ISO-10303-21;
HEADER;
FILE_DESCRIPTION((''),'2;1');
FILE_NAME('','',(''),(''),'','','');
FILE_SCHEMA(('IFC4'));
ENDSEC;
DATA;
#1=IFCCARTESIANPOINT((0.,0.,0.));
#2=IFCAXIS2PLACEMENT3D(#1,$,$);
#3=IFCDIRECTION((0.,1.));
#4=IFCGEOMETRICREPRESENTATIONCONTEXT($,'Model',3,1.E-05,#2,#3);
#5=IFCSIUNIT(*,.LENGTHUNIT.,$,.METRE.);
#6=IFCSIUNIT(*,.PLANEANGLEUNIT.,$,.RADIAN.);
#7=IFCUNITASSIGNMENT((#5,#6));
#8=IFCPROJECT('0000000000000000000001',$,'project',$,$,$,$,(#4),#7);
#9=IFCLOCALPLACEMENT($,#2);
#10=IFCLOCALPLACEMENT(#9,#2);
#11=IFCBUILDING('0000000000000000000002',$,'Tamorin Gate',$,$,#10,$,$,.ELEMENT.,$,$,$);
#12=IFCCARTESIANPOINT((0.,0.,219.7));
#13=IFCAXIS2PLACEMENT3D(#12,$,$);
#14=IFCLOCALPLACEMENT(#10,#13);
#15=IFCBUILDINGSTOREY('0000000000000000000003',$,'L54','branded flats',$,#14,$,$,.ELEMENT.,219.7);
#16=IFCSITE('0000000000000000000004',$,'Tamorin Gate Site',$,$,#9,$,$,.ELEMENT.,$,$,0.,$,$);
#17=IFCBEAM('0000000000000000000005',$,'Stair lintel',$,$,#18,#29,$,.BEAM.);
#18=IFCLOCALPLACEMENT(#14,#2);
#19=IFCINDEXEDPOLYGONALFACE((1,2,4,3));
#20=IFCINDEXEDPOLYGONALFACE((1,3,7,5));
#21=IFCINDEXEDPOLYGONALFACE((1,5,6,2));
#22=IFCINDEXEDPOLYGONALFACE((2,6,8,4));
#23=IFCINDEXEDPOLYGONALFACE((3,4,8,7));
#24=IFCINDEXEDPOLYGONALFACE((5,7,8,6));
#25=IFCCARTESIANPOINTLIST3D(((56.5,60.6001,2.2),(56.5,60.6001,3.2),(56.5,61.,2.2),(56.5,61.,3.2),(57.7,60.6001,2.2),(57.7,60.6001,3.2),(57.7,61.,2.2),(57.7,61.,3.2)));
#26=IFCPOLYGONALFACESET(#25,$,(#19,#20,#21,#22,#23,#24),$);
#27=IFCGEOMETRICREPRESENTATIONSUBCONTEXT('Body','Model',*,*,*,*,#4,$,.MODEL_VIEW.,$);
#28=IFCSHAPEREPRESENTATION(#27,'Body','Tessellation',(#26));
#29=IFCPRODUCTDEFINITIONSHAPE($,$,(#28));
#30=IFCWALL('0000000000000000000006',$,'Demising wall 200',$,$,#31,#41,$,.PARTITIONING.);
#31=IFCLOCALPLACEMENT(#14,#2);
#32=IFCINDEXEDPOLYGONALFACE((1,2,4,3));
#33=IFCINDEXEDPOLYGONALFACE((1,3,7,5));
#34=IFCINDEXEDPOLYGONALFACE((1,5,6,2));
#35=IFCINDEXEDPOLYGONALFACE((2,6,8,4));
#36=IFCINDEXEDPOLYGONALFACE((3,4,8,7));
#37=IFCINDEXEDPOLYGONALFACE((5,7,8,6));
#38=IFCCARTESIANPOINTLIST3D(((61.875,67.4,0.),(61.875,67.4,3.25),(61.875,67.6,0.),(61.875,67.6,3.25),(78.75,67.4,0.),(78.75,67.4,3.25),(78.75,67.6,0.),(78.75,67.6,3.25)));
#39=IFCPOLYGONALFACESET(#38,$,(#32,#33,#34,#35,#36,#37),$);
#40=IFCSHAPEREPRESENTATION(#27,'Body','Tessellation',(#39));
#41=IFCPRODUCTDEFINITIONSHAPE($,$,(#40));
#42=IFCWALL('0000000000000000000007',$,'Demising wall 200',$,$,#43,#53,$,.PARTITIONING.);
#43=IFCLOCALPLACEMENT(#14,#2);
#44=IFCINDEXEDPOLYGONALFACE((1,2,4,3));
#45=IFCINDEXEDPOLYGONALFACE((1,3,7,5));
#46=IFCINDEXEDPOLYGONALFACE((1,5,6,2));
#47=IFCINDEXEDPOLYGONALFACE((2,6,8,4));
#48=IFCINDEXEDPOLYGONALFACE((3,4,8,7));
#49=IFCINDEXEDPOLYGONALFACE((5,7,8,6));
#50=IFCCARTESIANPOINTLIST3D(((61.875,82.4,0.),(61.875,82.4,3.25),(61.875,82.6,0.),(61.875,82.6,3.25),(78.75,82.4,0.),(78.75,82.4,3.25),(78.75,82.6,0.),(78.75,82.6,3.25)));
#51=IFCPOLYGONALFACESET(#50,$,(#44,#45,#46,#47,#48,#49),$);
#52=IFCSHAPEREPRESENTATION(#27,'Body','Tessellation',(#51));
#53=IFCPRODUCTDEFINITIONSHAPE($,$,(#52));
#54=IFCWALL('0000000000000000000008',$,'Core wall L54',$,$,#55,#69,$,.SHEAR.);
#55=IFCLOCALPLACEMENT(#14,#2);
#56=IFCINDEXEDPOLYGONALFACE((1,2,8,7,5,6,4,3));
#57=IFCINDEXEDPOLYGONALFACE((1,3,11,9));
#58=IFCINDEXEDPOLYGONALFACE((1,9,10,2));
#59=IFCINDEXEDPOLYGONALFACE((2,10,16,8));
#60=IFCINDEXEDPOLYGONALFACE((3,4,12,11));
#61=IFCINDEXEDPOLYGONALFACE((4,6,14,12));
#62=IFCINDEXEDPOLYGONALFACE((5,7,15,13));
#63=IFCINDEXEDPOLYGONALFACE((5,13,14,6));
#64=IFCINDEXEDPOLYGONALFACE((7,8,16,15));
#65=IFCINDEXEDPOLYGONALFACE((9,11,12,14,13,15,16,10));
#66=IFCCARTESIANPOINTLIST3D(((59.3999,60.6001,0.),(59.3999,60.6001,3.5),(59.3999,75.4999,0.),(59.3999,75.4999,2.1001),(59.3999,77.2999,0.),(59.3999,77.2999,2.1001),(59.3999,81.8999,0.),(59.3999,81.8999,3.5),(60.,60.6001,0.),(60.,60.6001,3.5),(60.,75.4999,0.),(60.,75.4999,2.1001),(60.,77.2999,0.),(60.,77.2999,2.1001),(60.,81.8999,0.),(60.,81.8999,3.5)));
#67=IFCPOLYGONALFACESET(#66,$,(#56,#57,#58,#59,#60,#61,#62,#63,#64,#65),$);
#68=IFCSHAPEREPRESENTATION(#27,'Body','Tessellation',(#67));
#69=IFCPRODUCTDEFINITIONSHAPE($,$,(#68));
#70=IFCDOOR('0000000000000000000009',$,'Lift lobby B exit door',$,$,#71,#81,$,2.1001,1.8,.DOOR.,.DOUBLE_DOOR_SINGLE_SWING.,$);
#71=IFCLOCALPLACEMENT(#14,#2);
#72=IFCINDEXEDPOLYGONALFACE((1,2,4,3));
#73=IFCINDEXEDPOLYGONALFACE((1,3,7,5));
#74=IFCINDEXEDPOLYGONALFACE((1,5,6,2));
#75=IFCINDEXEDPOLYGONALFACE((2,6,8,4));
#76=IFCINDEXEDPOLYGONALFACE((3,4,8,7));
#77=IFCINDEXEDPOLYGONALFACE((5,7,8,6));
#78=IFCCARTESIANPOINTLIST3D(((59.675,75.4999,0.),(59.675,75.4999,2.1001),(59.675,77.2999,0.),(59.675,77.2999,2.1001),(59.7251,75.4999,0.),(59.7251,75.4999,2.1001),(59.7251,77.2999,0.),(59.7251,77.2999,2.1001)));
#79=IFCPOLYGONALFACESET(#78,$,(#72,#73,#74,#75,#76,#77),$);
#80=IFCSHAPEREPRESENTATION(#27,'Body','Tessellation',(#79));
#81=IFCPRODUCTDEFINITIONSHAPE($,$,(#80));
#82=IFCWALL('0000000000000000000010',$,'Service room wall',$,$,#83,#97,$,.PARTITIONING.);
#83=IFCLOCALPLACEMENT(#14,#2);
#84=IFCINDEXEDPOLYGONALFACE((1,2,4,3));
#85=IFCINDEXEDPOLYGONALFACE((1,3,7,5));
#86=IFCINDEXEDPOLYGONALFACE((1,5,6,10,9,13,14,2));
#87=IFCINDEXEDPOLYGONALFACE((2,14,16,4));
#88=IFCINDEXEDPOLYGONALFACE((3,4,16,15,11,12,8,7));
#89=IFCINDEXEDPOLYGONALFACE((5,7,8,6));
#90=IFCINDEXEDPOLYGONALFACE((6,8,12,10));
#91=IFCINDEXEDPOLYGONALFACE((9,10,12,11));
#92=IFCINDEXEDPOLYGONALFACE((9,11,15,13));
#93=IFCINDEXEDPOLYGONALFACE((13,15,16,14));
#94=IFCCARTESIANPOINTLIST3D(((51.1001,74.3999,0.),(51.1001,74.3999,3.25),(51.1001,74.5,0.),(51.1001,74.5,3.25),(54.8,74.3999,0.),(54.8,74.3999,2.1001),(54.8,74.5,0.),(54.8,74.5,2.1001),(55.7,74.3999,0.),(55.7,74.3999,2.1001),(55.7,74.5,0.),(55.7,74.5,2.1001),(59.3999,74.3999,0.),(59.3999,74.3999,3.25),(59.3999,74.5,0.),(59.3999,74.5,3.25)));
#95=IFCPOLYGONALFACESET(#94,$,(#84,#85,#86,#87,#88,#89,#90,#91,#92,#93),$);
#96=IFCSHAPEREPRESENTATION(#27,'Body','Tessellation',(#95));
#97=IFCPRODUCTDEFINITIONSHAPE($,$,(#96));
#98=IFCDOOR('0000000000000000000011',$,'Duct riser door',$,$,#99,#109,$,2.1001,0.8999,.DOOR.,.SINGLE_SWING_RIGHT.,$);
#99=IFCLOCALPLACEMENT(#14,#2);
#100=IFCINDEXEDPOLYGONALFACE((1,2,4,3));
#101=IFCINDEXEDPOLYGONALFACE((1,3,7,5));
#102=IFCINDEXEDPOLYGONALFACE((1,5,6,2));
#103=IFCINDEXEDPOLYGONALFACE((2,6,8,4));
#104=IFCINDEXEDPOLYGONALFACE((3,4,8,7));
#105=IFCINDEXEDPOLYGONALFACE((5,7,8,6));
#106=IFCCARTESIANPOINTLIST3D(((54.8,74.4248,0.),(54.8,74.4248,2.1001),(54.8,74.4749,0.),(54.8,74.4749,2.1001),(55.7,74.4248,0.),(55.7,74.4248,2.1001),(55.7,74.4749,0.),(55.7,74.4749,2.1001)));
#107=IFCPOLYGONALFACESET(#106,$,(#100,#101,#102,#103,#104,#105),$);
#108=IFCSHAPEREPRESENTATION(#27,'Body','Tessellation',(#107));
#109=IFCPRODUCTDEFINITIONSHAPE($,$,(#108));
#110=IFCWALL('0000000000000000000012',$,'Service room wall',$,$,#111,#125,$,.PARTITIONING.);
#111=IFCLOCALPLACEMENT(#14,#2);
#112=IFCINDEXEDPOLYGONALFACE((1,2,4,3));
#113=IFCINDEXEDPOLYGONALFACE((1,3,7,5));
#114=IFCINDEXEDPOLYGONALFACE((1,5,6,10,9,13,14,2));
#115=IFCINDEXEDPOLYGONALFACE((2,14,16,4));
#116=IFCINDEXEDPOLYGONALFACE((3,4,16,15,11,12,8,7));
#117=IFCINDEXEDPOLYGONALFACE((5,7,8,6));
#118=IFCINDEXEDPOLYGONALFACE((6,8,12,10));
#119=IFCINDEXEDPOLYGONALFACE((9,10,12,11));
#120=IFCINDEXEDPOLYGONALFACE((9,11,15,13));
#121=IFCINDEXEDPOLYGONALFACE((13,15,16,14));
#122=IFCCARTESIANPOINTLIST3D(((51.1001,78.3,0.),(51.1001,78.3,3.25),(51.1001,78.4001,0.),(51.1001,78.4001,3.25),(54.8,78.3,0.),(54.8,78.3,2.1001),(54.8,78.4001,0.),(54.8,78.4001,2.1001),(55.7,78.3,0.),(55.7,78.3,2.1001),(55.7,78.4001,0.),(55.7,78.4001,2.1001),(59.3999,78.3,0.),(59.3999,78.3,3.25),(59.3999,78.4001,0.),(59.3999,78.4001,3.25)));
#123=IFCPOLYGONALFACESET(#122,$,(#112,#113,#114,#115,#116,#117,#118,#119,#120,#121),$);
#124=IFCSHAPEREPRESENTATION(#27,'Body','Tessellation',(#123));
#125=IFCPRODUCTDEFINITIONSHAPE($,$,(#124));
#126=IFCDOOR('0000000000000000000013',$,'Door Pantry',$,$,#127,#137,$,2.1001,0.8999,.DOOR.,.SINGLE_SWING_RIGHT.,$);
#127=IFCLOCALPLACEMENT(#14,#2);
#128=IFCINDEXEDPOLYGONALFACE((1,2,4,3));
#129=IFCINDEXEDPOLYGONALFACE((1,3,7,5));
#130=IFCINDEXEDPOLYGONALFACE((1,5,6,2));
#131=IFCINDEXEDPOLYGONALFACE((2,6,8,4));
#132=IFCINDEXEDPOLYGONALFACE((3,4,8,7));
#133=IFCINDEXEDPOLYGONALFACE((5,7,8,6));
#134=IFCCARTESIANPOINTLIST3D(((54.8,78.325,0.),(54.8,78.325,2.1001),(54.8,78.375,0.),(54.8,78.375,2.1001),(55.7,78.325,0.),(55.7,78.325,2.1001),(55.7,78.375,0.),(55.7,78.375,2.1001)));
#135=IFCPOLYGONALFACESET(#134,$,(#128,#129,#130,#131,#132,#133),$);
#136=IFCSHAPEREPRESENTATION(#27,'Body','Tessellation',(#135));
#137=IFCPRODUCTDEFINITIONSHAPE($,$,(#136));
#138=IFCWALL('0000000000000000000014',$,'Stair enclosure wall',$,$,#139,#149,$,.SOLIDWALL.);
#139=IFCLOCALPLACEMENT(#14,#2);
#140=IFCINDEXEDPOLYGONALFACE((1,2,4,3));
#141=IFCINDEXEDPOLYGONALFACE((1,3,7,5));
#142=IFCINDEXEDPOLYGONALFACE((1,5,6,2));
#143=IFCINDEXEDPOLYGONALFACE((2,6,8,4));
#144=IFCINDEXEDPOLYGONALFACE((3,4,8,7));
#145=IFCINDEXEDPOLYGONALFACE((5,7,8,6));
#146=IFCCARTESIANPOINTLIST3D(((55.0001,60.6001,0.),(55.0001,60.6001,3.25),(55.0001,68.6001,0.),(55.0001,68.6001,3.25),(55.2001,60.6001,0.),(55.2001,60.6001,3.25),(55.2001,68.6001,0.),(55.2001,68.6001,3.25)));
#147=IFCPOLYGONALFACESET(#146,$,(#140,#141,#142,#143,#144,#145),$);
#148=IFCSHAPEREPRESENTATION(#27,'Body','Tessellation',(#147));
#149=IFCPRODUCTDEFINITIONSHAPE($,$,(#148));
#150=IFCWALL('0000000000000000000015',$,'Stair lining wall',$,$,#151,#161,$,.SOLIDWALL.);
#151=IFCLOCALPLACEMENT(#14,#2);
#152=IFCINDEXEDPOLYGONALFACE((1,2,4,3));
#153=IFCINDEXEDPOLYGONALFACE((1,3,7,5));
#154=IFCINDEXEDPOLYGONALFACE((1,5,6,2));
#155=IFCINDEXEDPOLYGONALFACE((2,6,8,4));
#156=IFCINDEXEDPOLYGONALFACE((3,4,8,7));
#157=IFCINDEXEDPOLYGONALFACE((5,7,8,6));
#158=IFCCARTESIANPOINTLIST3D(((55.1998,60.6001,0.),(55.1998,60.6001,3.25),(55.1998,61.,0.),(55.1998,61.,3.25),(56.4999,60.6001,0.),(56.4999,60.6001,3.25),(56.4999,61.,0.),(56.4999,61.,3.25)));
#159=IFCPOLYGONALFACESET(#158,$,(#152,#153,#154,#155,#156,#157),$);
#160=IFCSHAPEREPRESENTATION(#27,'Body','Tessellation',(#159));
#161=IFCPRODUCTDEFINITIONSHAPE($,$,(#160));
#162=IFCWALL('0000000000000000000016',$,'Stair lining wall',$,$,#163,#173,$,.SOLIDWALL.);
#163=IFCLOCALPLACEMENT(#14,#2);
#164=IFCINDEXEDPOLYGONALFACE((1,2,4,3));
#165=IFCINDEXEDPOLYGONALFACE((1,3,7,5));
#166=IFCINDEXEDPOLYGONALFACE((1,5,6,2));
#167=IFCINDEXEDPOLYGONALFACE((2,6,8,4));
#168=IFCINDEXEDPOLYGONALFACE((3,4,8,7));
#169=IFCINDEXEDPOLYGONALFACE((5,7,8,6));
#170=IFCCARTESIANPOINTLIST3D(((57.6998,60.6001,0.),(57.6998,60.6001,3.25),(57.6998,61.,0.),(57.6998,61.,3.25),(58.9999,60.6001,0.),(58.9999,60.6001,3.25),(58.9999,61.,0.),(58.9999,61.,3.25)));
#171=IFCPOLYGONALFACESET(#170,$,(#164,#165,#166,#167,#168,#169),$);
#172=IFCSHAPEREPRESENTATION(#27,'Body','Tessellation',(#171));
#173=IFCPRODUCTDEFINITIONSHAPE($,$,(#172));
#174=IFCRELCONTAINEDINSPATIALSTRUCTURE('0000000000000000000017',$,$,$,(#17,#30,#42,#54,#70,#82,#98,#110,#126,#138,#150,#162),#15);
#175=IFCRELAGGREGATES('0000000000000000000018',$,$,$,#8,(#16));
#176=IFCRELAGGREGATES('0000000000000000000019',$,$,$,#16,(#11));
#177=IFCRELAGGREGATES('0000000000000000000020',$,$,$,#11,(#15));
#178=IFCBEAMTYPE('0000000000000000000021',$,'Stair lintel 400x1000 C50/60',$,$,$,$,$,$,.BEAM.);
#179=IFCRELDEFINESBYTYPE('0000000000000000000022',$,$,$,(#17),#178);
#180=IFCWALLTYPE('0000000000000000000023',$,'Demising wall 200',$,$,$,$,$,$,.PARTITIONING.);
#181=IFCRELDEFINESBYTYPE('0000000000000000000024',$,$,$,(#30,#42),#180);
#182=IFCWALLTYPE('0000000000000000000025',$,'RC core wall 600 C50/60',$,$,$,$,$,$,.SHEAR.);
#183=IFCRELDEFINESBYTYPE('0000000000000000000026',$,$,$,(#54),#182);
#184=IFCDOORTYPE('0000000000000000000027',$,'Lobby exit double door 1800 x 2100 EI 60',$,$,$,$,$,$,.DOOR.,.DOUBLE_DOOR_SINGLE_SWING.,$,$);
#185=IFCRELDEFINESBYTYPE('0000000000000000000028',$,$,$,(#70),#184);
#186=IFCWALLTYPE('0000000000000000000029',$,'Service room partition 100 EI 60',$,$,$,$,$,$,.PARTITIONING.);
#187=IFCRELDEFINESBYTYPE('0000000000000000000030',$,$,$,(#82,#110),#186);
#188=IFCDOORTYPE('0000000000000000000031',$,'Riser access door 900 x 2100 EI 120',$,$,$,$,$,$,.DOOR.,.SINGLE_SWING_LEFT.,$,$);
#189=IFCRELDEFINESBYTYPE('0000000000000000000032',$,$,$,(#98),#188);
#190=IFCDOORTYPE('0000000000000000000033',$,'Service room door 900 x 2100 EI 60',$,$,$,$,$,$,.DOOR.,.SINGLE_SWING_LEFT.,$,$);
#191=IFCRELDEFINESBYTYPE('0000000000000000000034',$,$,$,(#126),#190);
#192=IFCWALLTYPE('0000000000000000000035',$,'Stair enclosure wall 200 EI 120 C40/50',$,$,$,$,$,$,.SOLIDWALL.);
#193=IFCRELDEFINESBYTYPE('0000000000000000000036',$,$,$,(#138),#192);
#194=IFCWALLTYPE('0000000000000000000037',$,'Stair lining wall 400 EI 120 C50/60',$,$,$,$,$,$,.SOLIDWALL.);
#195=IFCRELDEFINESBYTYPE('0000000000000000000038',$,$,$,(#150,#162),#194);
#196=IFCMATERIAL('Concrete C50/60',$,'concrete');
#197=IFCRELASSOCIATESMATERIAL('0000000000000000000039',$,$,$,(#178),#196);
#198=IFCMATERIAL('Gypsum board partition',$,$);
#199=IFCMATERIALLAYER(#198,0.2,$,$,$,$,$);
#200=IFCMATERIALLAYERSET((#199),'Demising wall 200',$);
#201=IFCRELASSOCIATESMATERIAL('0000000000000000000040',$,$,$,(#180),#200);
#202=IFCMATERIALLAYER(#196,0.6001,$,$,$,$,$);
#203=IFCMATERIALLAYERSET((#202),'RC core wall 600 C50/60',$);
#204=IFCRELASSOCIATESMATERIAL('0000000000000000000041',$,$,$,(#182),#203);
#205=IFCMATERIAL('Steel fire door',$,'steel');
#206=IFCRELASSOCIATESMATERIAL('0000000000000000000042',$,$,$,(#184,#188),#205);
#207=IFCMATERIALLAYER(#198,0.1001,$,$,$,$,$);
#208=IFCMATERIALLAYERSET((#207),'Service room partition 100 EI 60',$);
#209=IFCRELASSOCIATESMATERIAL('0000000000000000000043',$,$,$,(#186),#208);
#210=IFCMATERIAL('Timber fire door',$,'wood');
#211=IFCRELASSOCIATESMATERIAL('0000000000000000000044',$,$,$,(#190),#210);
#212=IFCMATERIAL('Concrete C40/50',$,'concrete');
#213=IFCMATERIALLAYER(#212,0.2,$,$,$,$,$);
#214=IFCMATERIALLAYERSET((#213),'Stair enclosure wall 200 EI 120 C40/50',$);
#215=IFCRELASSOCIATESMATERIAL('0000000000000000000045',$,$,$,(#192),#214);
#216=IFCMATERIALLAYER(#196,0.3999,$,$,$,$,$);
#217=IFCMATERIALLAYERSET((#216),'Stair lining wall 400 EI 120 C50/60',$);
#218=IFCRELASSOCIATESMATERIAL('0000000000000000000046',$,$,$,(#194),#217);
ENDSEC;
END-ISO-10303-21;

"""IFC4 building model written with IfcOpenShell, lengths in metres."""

from ifc_helpers import new_model, si_unit, direction, frame, frame_2d, origin, origin_2d, place, context, subcontext, project, spatial, rectangle, extrude, material, layer, layer_set, material_profile, profile_set, type_object, element, fill, save


model = new_model("IFC4")

# Units and contexts
model_context = context("Model", 3, precision=1e-05, world=origin(), true_north=direction((0.0, 1.0)))
body_context = subcontext(model_context, "Body", "Model", "MODEL_VIEW")
ifc_project = project(units=[si_unit("LENGTHUNIT", "METRE"), si_unit("PLANEANGLEUNIT", "RADIAN")], contexts=[model_context])

# Site, building, storey
site_placement = place(None, origin())
site = spatial("IfcSite", under=ifc_project, at=site_placement, Name="Tamorin Gate Site", CompositionType="ELEMENT", RefElevation=0.0)
building_placement = place(site_placement, origin())
building = spatial("IfcBuilding", under=site, at=building_placement, Name="Tamorin Gate", CompositionType="ELEMENT")
storey_placement = place(building_placement, frame((0.0, 0.0, 219.7)))
storey = spatial("IfcBuildingStorey", under=building, at=storey_placement, Name="L54", Description="branded flats", CompositionType="ELEMENT", Elevation=219.7)

# Beam
ifc_material_1 = material(Name="Concrete C50/60", Category="concrete")
ifc_material_profile = material_profile(ifc_material_1, rectangle(XDim=0.3999, YDim=1.0, at=origin_2d()))
ifc_profile_set = profile_set([ifc_material_profile], Name="Concrete C50/60")
beam_type = type_object("IfcBeamType", Name="Stair lintel 400x1000 C50/60", PredefinedType="BEAM", material=ifc_profile_set)
beam_placement = place(storey_placement, frame((56.5, 60.8, 2.7), z_axis=(1.0, 0.0, 0.0), x_axis=(0.0, 1.0, 0.0)))
element("IfcBeam", 1, at=beam_placement, inside=storey, type_object=beam_type, Name="Stair lintel", PredefinedType="BEAM", context=body_context, shape_type="SweptSolid", body=[
    extrude(rectangle(XDim=0.3999, YDim=1.0, at=origin_2d()), origin(), (0.0, 0.0, 1.0), 1.2),
])

# Walls
ifc_material_2 = material(Name="Gypsum board partition")
ifc_layer_1 = layer(ifc_material_2, 0.2)
ifc_layer_set_1 = layer_set([ifc_layer_1], Name="Demising wall 200")
wall_type_1 = type_object("IfcWallType", Name="Demising wall 200", PredefinedType="PARTITIONING", material=ifc_layer_set_1)
for number, where, z_axis, x_axis, name in (
    (2, (61.875, 67.5, 0.0), (0.0, 0.0, 1.0), (1.0, 0.0, 0.0), "Demising wall 200"),
    (3, (61.875, 82.5, 0.0), (0.0, 0.0, 1.0), (1.0, 0.0, 0.0), "Demising wall 200"),
):
    element("IfcWall", number, at=place(storey_placement, frame(where, z_axis=z_axis, x_axis=x_axis)), inside=storey, type_object=wall_type_1, Name=name, PredefinedType="PARTITIONING", context=body_context, shape_type="SweptSolid", body=[
        extrude(rectangle(XDim=16.875, YDim=0.2, at=frame_2d((8.4375, 0.0))), origin(), (0.0, 0.0, 1.0), 3.25),
    ])

# Walls, openings, doors
ifc_layer_2 = layer(ifc_material_1, 0.6001)
ifc_layer_set_2 = layer_set([ifc_layer_2], Name="RC core wall 600 C50/60")
wall_type_2 = type_object("IfcWallType", Name="RC core wall 600 C50/60", PredefinedType="SHEAR", material=ifc_layer_set_2)
wall_1_placement = place(storey_placement, frame((59.7, 60.6001, 0.0), z_axis=(0.0, 0.0, 1.0), x_axis=(0.0, 1.0, 0.0)))
wall_1 = element("IfcWall", 4, at=wall_1_placement, inside=storey, type_object=wall_type_2, Name="Core wall L54", PredefinedType="SHEAR", context=body_context, shape_type="SweptSolid", body=[
    extrude(rectangle(XDim=21.2998, YDim=0.6001, at=frame_2d((10.6499, 0.0))), origin(), (0.0, 0.0, 1.0), 3.5),
])
opening_1_placement = place(wall_1_placement, frame((14.8999, 0.0, 0.0)))
opening_1 = element("IfcOpeningElement", 5, at=opening_1_placement, cuts=wall_1, PredefinedType="OPENING", context=body_context, shape_type="SweptSolid", body=[
    extrude(rectangle(XDim=1.8, YDim=2.1001, at=frame_2d((0.8999, 1.05))), frame((0.0, 0.3101, 0.0), z_axis=(0.0, -1.0, 0.0), x_axis=(1.0, 0.0, 0.0)), (0.0, 0.0, 1.0), 0.6201),
])
ifc_material_3 = material(Name="Steel fire door", Category="steel")
door_type_1 = type_object("IfcDoorType", Name="Lobby exit double door 1800 x 2100 EI 60", OperationType="DOUBLE_DOOR_SINGLE_SWING", PredefinedType="DOOR", material=ifc_material_3)
door_1_placement = place(opening_1_placement, origin())
door_1 = element("IfcDoor", 6, at=door_1_placement, inside=storey, type_object=door_type_1, Name="Lift lobby B exit door", OperationType="DOUBLE_DOOR_SINGLE_SWING", OverallHeight=2.1001, OverallWidth=1.8, PredefinedType="DOOR", context=body_context, shape_type="SweptSolid", body=[
    extrude(rectangle(XDim=1.8, YDim=2.1001, at=frame_2d((0.8999, 1.05))), frame((0.0, 0.0249, 0.0), z_axis=(0.0, -1.0, 0.0), x_axis=(1.0, 0.0, 0.0)), (0.0, 0.0, 1.0), 0.05),
])
fill(opening_1, door_1)
ifc_layer_3 = layer(ifc_material_2, 0.1001)
ifc_layer_set_3 = layer_set([ifc_layer_3], Name="Service room partition 100 EI 60")
wall_type_3 = type_object("IfcWallType", Name="Service room partition 100 EI 60", PredefinedType="PARTITIONING", material=ifc_layer_set_3)
wall_2_placement = place(storey_placement, frame((51.1001, 74.45, 0.0), z_axis=(0.0, 0.0, 1.0), x_axis=(1.0, 0.0, 0.0)))
wall_2 = element("IfcWall", 7, at=wall_2_placement, inside=storey, type_object=wall_type_3, Name="Service room wall", PredefinedType="PARTITIONING", context=body_context, shape_type="SweptSolid", body=[
    extrude(rectangle(XDim=8.2998, YDim=0.1001, at=frame_2d((4.1499, 0.0))), origin(), (0.0, 0.0, 1.0), 3.25),
])
opening_2_placement = place(wall_2_placement, frame((3.7, 0.0, 0.0)))
opening_2 = element("IfcOpeningElement", 8, at=opening_2_placement, cuts=wall_2, PredefinedType="OPENING", context=body_context, shape_type="SweptSolid", body=[
    extrude(rectangle(XDim=0.8999, YDim=2.1001, at=frame_2d((0.45, 1.05))), frame((0.0, 0.0601, 0.0), z_axis=(0.0, -1.0, 0.0), x_axis=(1.0, 0.0, 0.0)), (0.0, 0.0, 1.0), 0.1201),
])
door_type_2 = type_object("IfcDoorType", Name="Riser access door 900 x 2100 EI 120", OperationType="SINGLE_SWING_LEFT", PredefinedType="DOOR", material=ifc_material_3)
door_2_placement = place(opening_2_placement, origin())
door_2 = element("IfcDoor", 9, at=door_2_placement, inside=storey, type_object=door_type_2, Name="Duct riser door", OperationType="SINGLE_SWING_RIGHT", OverallHeight=2.1001, OverallWidth=0.8999, PredefinedType="DOOR", context=body_context, shape_type="SweptSolid", body=[
    extrude(rectangle(XDim=0.8999, YDim=2.1001, at=frame_2d((0.45, 1.05))), frame((0.0, 0.0249, 0.0), z_axis=(0.0, -1.0, 0.0), x_axis=(1.0, 0.0, 0.0)), (0.0, 0.0, 1.0), 0.05),
])
fill(opening_2, door_2)
wall_3_placement = place(storey_placement, frame((51.1001, 78.3501, 0.0), z_axis=(0.0, 0.0, 1.0), x_axis=(1.0, 0.0, 0.0)))
wall_3 = element("IfcWall", 10, at=wall_3_placement, inside=storey, type_object=wall_type_3, Name="Service room wall", PredefinedType="PARTITIONING", context=body_context, shape_type="SweptSolid", body=[
    extrude(rectangle(XDim=8.2998, YDim=0.1001, at=frame_2d((4.1499, 0.0))), origin(), (0.0, 0.0, 1.0), 3.25),
])
opening_3_placement = place(wall_3_placement, frame((3.7, 0.0, 0.0)))
opening_3 = element("IfcOpeningElement", 11, at=opening_3_placement, cuts=wall_3, PredefinedType="OPENING", context=body_context, shape_type="SweptSolid", body=[
    extrude(rectangle(XDim=0.8999, YDim=2.1001, at=frame_2d((0.45, 1.05))), frame((0.0, 0.0601, 0.0), z_axis=(0.0, -1.0, 0.0), x_axis=(1.0, 0.0, 0.0)), (0.0, 0.0, 1.0), 0.1201),
])
ifc_material_4 = material(Name="Timber fire door", Category="wood")
door_type_3 = type_object("IfcDoorType", Name="Service room door 900 x 2100 EI 60", OperationType="SINGLE_SWING_LEFT", PredefinedType="DOOR", material=ifc_material_4)
door_3_placement = place(opening_3_placement, origin())
door_3 = element("IfcDoor", 12, at=door_3_placement, inside=storey, type_object=door_type_3, Name="Door Pantry", OperationType="SINGLE_SWING_RIGHT", OverallHeight=2.1001, OverallWidth=0.8999, PredefinedType="DOOR", context=body_context, shape_type="SweptSolid", body=[
    extrude(rectangle(XDim=0.8999, YDim=2.1001, at=frame_2d((0.45, 1.05))), frame((0.0, 0.0249, 0.0), z_axis=(0.0, -1.0, 0.0), x_axis=(1.0, 0.0, 0.0)), (0.0, 0.0, 1.0), 0.05),
])
fill(opening_3, door_3)

# Walls
ifc_material_5 = material(Name="Concrete C40/50", Category="concrete")
ifc_layer_4 = layer(ifc_material_5, 0.2)
ifc_layer_set_4 = layer_set([ifc_layer_4], Name="Stair enclosure wall 200 EI 120 C40/50")
wall_type_4 = type_object("IfcWallType", Name="Stair enclosure wall 200 EI 120 C40/50", PredefinedType="SOLIDWALL", material=ifc_layer_set_4)
wall_4_placement = place(storey_placement, frame((55.1001, 60.6001, 0.0), z_axis=(0.0, 0.0, 1.0), x_axis=(0.0, 1.0, 0.0)))
element("IfcWall", 13, at=wall_4_placement, inside=storey, type_object=wall_type_4, Name="Stair enclosure wall", PredefinedType="SOLIDWALL", context=body_context, shape_type="SweptSolid", body=[
    extrude(rectangle(XDim=8.0, YDim=0.2, at=frame_2d((4.0, 0.0))), origin(), (0.0, 0.0, 1.0), 3.25),
])
ifc_layer_5 = layer(ifc_material_1, 0.3999)
ifc_layer_set_5 = layer_set([ifc_layer_5], Name="Stair lining wall 400 EI 120 C50/60")
wall_type_5 = type_object("IfcWallType", Name="Stair lining wall 400 EI 120 C50/60", PredefinedType="SOLIDWALL", material=ifc_layer_set_5)
for number, where, z_axis, x_axis, name in (
    (14, (55.2, 60.8, 0.0), (0.0, 0.0, 1.0), (1.0, 0.0, 0.0), "Stair lining wall"),
    (15, (57.7, 60.8, 0.0), (0.0, 0.0, 1.0), (1.0, 0.0, 0.0), "Stair lining wall"),
):
    element("IfcWall", number, at=place(storey_placement, frame(where, z_axis=z_axis, x_axis=x_axis)), inside=storey, type_object=wall_type_5, Name=name, PredefinedType="SOLIDWALL", context=body_context, shape_type="SweptSolid", body=[
        extrude(rectangle(XDim=1.3, YDim=0.3999, at=frame_2d((0.6499, 0.0))), origin(), (0.0, 0.0, 1.0), 3.25),
    ])

save(model, "model.ifc")
